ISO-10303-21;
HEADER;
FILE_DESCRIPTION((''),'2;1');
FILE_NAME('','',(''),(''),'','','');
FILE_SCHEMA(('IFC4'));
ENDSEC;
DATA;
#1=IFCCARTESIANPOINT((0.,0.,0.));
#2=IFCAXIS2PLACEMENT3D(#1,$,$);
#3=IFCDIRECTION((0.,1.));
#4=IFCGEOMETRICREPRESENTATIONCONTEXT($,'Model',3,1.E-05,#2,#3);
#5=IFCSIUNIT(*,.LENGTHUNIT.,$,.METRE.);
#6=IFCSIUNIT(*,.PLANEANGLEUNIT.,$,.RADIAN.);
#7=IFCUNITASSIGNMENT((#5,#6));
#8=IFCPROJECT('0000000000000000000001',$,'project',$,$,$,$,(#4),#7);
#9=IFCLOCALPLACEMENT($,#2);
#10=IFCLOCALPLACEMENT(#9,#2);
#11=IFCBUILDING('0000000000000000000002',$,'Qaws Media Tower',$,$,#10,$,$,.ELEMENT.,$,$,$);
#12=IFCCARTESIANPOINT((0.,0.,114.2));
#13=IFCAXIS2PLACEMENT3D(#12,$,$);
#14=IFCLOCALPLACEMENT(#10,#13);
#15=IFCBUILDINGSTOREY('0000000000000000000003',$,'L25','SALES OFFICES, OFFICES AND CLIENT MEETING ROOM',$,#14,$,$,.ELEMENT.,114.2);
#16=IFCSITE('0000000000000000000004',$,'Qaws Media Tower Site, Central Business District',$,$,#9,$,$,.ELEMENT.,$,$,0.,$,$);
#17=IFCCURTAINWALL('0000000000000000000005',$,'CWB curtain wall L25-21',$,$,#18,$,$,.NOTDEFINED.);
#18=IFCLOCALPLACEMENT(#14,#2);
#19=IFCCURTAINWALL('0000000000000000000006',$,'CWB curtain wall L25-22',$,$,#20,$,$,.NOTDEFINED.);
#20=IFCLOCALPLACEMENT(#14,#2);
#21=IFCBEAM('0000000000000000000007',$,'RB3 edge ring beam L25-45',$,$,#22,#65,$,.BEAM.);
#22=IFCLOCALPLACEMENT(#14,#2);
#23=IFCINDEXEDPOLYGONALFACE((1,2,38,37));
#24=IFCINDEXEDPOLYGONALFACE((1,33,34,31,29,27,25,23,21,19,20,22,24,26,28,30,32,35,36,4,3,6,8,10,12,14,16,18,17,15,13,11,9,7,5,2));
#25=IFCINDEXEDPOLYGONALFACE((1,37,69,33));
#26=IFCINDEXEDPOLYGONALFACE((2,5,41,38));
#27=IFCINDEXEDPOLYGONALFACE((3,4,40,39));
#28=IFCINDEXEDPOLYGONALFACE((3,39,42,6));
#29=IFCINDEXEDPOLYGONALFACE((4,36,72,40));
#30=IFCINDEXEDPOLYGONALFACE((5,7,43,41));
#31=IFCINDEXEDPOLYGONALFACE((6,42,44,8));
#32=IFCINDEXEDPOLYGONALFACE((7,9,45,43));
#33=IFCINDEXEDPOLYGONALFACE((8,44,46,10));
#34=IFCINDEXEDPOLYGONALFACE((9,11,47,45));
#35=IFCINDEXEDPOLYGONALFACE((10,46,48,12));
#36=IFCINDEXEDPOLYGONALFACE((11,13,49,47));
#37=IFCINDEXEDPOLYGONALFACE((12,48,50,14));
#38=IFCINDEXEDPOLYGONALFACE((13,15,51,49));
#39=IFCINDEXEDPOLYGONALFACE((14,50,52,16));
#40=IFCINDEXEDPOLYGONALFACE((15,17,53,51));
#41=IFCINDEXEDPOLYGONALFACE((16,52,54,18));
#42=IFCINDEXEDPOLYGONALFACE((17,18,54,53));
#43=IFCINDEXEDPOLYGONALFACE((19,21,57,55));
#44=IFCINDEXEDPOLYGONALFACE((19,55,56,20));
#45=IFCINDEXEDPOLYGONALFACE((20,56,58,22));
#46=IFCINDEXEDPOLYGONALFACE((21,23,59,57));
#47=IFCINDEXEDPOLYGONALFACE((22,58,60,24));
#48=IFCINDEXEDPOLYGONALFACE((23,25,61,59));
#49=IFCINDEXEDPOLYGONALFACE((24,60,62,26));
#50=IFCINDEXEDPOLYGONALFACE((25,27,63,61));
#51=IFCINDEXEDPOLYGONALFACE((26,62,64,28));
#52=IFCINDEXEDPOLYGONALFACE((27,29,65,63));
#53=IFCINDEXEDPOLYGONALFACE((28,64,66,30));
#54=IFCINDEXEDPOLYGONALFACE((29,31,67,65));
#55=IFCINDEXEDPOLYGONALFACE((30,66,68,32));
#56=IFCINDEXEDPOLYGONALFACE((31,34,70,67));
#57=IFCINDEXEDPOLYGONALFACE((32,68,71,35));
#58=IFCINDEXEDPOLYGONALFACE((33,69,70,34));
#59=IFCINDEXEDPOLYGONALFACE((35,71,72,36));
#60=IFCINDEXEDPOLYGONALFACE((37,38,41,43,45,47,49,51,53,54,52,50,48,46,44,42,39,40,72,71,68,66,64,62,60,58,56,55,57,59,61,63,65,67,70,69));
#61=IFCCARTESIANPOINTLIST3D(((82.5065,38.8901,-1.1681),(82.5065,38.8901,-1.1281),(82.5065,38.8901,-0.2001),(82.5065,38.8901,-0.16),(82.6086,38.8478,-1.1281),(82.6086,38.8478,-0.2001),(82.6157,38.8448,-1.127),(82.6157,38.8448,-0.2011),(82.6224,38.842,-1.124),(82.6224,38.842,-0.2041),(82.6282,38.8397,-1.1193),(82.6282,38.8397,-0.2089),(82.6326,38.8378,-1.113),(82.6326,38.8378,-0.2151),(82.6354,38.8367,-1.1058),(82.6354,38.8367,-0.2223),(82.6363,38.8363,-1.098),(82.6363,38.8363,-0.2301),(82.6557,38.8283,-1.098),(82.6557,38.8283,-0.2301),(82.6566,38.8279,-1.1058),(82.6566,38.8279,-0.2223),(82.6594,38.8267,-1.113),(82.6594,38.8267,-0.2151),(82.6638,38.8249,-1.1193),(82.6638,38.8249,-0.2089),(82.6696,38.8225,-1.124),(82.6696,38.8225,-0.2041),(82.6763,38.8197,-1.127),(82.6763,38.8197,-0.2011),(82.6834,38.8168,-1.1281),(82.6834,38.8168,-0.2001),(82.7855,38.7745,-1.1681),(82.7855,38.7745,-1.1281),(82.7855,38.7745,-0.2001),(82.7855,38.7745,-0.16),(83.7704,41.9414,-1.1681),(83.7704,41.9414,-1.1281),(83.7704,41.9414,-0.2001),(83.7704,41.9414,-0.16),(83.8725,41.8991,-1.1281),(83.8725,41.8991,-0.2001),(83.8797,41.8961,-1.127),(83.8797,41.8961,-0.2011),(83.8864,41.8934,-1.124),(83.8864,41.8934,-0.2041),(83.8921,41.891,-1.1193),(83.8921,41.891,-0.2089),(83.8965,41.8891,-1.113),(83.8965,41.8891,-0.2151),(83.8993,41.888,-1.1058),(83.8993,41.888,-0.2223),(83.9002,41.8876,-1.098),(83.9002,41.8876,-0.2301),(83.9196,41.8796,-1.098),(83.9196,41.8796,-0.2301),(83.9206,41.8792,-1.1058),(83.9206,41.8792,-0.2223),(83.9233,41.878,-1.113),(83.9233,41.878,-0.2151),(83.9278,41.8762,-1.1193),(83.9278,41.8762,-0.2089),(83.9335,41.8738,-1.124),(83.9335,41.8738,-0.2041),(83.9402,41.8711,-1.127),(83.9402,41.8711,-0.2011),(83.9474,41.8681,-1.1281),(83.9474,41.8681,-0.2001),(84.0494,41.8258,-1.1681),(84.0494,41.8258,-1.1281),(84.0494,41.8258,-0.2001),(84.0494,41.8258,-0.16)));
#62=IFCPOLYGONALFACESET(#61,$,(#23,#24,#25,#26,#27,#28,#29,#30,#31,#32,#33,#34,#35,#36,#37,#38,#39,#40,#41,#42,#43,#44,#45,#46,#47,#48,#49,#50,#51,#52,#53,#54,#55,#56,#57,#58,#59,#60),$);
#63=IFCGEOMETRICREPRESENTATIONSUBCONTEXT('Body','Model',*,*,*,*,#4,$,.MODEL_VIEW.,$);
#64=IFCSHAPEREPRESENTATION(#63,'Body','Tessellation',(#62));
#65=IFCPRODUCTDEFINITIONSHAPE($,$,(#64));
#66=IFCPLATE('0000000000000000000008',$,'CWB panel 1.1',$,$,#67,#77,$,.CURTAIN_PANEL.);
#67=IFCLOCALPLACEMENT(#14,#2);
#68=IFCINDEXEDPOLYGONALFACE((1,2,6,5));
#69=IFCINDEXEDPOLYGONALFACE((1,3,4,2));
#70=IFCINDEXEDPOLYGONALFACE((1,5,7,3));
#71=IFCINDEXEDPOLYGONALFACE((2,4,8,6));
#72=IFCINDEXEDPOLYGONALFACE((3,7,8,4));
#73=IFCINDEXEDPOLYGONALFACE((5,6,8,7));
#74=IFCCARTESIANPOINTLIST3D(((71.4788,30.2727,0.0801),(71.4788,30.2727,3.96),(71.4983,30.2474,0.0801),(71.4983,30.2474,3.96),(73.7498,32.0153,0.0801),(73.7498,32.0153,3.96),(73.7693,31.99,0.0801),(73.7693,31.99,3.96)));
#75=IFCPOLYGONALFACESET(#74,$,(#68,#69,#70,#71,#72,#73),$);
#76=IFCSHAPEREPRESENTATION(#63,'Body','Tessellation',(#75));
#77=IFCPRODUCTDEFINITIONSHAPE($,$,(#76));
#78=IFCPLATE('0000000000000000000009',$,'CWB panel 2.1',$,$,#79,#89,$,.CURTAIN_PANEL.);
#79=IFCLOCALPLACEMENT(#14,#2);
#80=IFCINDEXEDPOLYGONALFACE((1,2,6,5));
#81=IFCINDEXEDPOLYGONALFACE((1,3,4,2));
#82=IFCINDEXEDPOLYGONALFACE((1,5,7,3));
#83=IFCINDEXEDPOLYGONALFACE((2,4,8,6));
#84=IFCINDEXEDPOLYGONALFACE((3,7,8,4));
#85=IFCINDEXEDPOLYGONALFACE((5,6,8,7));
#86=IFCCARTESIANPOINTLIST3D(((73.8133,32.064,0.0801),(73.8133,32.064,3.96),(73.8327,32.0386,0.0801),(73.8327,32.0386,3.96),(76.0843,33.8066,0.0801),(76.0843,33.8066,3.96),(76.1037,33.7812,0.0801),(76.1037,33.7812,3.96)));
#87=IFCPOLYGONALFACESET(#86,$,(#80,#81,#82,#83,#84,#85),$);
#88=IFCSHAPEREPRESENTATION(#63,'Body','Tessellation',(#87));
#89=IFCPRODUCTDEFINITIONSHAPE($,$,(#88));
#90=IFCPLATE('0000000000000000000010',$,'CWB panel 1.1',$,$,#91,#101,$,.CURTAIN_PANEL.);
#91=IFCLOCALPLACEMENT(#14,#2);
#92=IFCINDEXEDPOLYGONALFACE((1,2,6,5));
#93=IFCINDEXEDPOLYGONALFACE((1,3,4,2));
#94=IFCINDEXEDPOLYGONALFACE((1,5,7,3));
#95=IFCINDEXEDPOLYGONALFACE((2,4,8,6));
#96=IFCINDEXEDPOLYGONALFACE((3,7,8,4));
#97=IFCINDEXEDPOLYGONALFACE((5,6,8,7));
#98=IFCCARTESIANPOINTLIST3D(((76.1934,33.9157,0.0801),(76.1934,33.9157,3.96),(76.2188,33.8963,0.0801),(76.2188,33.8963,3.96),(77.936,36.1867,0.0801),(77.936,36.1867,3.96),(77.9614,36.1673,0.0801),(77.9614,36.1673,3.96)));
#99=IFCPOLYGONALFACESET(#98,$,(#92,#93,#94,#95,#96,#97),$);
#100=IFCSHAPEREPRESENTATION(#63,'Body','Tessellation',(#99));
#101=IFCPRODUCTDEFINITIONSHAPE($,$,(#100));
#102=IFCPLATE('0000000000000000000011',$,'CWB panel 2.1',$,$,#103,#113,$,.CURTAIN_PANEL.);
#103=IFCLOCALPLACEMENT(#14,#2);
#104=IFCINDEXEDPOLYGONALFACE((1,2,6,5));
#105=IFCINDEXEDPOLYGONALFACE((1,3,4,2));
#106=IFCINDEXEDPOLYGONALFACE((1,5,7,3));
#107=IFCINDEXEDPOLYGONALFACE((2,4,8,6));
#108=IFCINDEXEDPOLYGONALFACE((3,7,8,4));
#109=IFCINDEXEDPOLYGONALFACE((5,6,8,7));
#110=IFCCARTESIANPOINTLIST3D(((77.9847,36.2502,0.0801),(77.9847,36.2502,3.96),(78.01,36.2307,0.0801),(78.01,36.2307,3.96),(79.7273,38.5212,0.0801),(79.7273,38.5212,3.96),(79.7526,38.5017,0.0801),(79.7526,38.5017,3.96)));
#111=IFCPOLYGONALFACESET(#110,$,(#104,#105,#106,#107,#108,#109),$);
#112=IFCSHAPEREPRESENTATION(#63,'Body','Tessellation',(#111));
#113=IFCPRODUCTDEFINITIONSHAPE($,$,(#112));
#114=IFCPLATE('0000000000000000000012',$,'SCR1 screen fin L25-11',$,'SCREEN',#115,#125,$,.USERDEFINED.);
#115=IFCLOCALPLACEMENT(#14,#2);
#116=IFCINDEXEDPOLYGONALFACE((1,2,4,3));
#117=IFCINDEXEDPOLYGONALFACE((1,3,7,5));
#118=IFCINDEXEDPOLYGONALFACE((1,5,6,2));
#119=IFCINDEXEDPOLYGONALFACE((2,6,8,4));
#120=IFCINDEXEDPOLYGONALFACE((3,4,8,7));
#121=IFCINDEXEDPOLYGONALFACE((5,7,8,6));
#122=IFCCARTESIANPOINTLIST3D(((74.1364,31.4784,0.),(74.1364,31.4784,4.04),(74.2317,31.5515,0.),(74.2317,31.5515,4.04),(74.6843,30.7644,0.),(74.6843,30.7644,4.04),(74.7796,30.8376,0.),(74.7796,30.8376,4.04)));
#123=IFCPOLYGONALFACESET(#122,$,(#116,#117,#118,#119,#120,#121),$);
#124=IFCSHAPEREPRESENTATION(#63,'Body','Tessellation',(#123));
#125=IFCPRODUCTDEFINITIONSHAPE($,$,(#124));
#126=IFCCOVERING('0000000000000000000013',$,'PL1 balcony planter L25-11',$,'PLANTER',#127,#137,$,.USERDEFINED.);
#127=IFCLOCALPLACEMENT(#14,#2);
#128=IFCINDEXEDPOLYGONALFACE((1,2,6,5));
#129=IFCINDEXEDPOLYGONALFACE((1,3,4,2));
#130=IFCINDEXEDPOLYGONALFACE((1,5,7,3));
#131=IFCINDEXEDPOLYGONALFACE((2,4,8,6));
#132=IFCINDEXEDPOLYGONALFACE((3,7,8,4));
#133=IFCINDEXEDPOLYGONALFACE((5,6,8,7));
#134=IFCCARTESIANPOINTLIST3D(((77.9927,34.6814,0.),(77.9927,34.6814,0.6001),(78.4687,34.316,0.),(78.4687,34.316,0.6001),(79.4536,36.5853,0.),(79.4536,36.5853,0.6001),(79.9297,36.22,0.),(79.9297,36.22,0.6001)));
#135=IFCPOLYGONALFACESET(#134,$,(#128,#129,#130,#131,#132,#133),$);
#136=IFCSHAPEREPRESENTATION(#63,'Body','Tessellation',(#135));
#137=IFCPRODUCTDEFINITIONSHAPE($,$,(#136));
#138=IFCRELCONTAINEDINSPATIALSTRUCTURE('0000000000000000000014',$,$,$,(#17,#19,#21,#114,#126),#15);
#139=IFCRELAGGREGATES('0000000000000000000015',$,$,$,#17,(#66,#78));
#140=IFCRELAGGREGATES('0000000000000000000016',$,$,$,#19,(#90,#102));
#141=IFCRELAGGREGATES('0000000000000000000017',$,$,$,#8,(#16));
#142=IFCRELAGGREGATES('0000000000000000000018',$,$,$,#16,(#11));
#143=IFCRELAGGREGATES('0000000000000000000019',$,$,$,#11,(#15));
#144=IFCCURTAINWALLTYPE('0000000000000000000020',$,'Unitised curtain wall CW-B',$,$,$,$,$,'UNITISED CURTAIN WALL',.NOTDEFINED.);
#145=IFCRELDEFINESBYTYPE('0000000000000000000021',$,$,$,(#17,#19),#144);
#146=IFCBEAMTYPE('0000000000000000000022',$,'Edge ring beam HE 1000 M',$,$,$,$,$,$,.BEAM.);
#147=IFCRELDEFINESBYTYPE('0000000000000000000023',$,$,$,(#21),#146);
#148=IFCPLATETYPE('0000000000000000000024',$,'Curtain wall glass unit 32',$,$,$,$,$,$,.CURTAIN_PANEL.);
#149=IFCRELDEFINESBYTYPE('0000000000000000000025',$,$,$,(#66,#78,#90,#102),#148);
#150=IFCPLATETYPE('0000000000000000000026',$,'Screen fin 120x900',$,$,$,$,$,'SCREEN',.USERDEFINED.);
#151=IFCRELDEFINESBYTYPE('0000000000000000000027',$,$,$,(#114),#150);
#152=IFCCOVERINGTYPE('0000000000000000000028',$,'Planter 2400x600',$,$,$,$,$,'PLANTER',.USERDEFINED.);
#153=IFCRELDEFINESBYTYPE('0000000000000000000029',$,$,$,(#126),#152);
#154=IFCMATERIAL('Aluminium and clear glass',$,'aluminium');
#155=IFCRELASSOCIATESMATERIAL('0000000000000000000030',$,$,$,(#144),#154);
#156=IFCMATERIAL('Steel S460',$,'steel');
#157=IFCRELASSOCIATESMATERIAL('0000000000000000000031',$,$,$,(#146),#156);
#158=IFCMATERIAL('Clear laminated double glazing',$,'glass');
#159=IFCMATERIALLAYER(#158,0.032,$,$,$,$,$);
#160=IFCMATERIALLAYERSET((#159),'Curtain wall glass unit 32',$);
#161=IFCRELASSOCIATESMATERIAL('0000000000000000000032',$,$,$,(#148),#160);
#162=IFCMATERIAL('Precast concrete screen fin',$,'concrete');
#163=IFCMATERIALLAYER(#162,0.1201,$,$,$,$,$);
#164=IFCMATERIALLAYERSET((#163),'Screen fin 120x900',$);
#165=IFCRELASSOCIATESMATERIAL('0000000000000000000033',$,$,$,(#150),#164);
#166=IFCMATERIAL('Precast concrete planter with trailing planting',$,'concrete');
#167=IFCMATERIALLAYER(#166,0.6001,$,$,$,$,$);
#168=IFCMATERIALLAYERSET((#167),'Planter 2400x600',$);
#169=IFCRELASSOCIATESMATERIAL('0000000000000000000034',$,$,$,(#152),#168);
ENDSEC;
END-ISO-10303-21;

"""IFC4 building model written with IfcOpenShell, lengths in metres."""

from ifc_helpers import new_model, si_unit, direction, frame, origin, origin_2d, place, context, subcontext, project, spatial, rectangle, i_section, extrude, material, layer, layer_set, material_profile, profile_set, type_object, element, aggregate, save


model = new_model("IFC4")

# Units and contexts
model_context = context("Model", 3, precision=1e-05, world=origin(), true_north=direction((0.0, 1.0)))
body_context = subcontext(model_context, "Body", "Model", "MODEL_VIEW")
ifc_project = project(units=[si_unit("LENGTHUNIT", "METRE"), si_unit("PLANEANGLEUNIT", "RADIAN")], contexts=[model_context])

# Site, building, storey
site_placement = place(None, origin())
site = spatial("IfcSite", under=ifc_project, at=site_placement, Name="Qaws Media Tower Site, Central Business District", CompositionType="ELEMENT", RefElevation=0.0)
building_placement = place(site_placement, origin())
building = spatial("IfcBuilding", under=site, at=building_placement, Name="Qaws Media Tower", CompositionType="ELEMENT")
storey_placement = place(building_placement, frame((0.0, 0.0, 114.2)))
storey = spatial("IfcBuildingStorey", under=building, at=storey_placement, Name="L25", Description="SALES OFFICES, OFFICES AND CLIENT MEETING ROOM", CompositionType="ELEMENT", Elevation=114.2)

# Curtain walls
ifc_material_1 = material(Name="Aluminium and clear glass", Category="aluminium")
curtain_wall_type = type_object("IfcCurtainWallType", Name="Unitised curtain wall CW-B", ElementType="UNITISED CURTAIN WALL", PredefinedType="NOTDEFINED", material=ifc_material_1)
curtain_wall_1_placement = place(storey_placement, origin())
curtain_wall_1 = element("IfcCurtainWall", 1, at=curtain_wall_1_placement, inside=storey, type_object=curtain_wall_type, Name="CWB curtain wall L25-21", PredefinedType="NOTDEFINED")
curtain_wall_2_placement = place(storey_placement, origin())
curtain_wall_2 = element("IfcCurtainWall", 2, at=curtain_wall_2_placement, inside=storey, type_object=curtain_wall_type, Name="CWB curtain wall L25-22", PredefinedType="NOTDEFINED")

# Beam
ifc_material_2 = material(Name="Steel S460", Category="steel")
ifc_material_profile_1 = material_profile(ifc_material_2, i_section(OverallWidth=0.302, OverallDepth=1.0081, WebThickness=0.021, FlangeThickness=0.04, FilletRadius=0.03, at=origin_2d()), Name="HE 1000 M")
ifc_profile_set_1 = profile_set([ifc_material_profile_1], Name="Steel S460")
beam_type = type_object("IfcBeamType", Name="Edge ring beam HE 1000 M", PredefinedType="BEAM", material=ifc_profile_set_1)
for number, where, z_axis, x_axis, name in (
    (3, (82.646, 38.8323, -0.6641), (0.382693, 0.923875, 0.0), (-0.923875, 0.382693, 0.0), "RB3 edge ring beam L25-45"),
):
    element("IfcBeam", number, at=place(storey_placement, frame(where, z_axis=z_axis, x_axis=x_axis)), inside=storey, type_object=beam_type, Name=name, PredefinedType="BEAM", context=body_context, shape_type="SweptSolid", body=[
        extrude(i_section(OverallWidth=0.302, OverallDepth=1.0081, WebThickness=0.021, FlangeThickness=0.04, FilletRadius=0.03, at=origin_2d()), origin(), (0.0, 0.0, 1.0), 3.3027),
    ])

# Plates
ifc_material_3 = material(Name="Clear laminated double glazing", Category="glass")
ifc_layer_1 = layer(ifc_material_3, 0.032)
ifc_layer_set_1 = layer_set([ifc_layer_1], Name="Curtain wall glass unit 32")
plate_type_1 = type_object("IfcPlateType", Name="Curtain wall glass unit 32", PredefinedType="CURTAIN_PANEL", material=ifc_layer_set_1)
plate_1_placement = place(storey_placement, frame((72.624, 31.1313, 0.0801), z_axis=(0.0, 0.0, 1.0), x_axis=(0.793353, 0.608761, 0.0)))
plate_1 = element("IfcPlate", 4, at=plate_1_placement, type_object=plate_type_1, Name="CWB panel 1.1", PredefinedType="CURTAIN_PANEL", context=body_context, shape_type="SweptSolid", body=[
    extrude(rectangle(XDim=2.8625, YDim=0.032, at=origin_2d()), origin(), (0.0, 0.0, 1.0), 3.8799),
])
plate_2_placement = place(storey_placement, frame((74.9585, 32.9226, 0.0801), z_axis=(0.0, 0.0, 1.0), x_axis=(0.793353, 0.608761, 0.0)))
plate_2 = element("IfcPlate", 5, at=plate_2_placement, type_object=plate_type_1, Name="CWB panel 2.1", PredefinedType="CURTAIN_PANEL", context=body_context, shape_type="SweptSolid", body=[
    extrude(rectangle(XDim=2.8625, YDim=0.032, at=origin_2d()), origin(), (0.0, 0.0, 1.0), 3.8799),
])
aggregate(curtain_wall_1, [plate_1, plate_2])
plate_3_placement = place(storey_placement, frame((77.0774, 35.0415, 0.0801), z_axis=(0.0, 0.0, 1.0), x_axis=(0.608761, 0.793353, 0.0)))
plate_3 = element("IfcPlate", 6, at=plate_3_placement, type_object=plate_type_1, Name="CWB panel 1.1", PredefinedType="CURTAIN_PANEL", context=body_context, shape_type="SweptSolid", body=[
    extrude(rectangle(XDim=2.8625, YDim=0.032, at=origin_2d()), origin(), (0.0, 0.0, 1.0), 3.8799),
])
plate_4_placement = place(storey_placement, frame((78.8687, 37.376, 0.0801), z_axis=(0.0, 0.0, 1.0), x_axis=(0.608761, 0.793353, 0.0)))
plate_4 = element("IfcPlate", 7, at=plate_4_placement, type_object=plate_type_1, Name="CWB panel 2.1", PredefinedType="CURTAIN_PANEL", context=body_context, shape_type="SweptSolid", body=[
    extrude(rectangle(XDim=2.8625, YDim=0.032, at=origin_2d()), origin(), (0.0, 0.0, 1.0), 3.8799),
])
aggregate(curtain_wall_2, [plate_3, plate_4])
ifc_material_4 = material(Name="Precast concrete screen fin", Category="concrete")
ifc_layer_2 = layer(ifc_material_4, 0.1201)
ifc_layer_set_2 = layer_set([ifc_layer_2], Name="Screen fin 120x900")
plate_type_2 = type_object("IfcPlateType", Name="Screen fin 120x900", ElementType="SCREEN", PredefinedType="USERDEFINED", material=ifc_layer_set_2)
plate_5_placement = place(storey_placement, frame((74.458, 31.158, 0.0), z_axis=(0.0, 0.0, 1.0), x_axis=(0.608761, -0.793353, 0.0)))
element("IfcPlate", 8, at=plate_5_placement, inside=storey, type_object=plate_type_2, Name="SCR1 screen fin L25-11", ObjectType="SCREEN", PredefinedType="USERDEFINED", context=body_context, shape_type="SweptSolid", body=[
    extrude(rectangle(XDim=0.8999, YDim=0.1201, at=origin_2d()), origin(), (0.0, 0.0, 1.0), 4.04),
])

# Covering
ifc_material_5 = material(Name="Precast concrete planter with trailing planting", Category="concrete")
ifc_layer_3 = layer(ifc_material_5, 0.6001)
ifc_layer_set_3 = layer_set([ifc_layer_3], Name="Planter 2400x600")
covering_type = type_object("IfcCoveringType", Name="Planter 2400x600", ElementType="PLANTER", PredefinedType="USERDEFINED", material=ifc_layer_set_3)
covering_placement = place(storey_placement, frame((78.9612, 35.4507, 0.0), z_axis=(0.0, 0.0, 1.0), x_axis=(0.608761, 0.793353, 0.0)))
element("IfcCovering", 9, at=covering_placement, inside=storey, type_object=covering_type, Name="PL1 balcony planter L25-11", ObjectType="PLANTER", PredefinedType="USERDEFINED", context=body_context, shape_type="SweptSolid", body=[
    extrude(rectangle(XDim=2.3999, YDim=0.6001, at=origin_2d()), origin(), (0.0, 0.0, 1.0), 0.6001),
])

save(model, "model.ifc")
